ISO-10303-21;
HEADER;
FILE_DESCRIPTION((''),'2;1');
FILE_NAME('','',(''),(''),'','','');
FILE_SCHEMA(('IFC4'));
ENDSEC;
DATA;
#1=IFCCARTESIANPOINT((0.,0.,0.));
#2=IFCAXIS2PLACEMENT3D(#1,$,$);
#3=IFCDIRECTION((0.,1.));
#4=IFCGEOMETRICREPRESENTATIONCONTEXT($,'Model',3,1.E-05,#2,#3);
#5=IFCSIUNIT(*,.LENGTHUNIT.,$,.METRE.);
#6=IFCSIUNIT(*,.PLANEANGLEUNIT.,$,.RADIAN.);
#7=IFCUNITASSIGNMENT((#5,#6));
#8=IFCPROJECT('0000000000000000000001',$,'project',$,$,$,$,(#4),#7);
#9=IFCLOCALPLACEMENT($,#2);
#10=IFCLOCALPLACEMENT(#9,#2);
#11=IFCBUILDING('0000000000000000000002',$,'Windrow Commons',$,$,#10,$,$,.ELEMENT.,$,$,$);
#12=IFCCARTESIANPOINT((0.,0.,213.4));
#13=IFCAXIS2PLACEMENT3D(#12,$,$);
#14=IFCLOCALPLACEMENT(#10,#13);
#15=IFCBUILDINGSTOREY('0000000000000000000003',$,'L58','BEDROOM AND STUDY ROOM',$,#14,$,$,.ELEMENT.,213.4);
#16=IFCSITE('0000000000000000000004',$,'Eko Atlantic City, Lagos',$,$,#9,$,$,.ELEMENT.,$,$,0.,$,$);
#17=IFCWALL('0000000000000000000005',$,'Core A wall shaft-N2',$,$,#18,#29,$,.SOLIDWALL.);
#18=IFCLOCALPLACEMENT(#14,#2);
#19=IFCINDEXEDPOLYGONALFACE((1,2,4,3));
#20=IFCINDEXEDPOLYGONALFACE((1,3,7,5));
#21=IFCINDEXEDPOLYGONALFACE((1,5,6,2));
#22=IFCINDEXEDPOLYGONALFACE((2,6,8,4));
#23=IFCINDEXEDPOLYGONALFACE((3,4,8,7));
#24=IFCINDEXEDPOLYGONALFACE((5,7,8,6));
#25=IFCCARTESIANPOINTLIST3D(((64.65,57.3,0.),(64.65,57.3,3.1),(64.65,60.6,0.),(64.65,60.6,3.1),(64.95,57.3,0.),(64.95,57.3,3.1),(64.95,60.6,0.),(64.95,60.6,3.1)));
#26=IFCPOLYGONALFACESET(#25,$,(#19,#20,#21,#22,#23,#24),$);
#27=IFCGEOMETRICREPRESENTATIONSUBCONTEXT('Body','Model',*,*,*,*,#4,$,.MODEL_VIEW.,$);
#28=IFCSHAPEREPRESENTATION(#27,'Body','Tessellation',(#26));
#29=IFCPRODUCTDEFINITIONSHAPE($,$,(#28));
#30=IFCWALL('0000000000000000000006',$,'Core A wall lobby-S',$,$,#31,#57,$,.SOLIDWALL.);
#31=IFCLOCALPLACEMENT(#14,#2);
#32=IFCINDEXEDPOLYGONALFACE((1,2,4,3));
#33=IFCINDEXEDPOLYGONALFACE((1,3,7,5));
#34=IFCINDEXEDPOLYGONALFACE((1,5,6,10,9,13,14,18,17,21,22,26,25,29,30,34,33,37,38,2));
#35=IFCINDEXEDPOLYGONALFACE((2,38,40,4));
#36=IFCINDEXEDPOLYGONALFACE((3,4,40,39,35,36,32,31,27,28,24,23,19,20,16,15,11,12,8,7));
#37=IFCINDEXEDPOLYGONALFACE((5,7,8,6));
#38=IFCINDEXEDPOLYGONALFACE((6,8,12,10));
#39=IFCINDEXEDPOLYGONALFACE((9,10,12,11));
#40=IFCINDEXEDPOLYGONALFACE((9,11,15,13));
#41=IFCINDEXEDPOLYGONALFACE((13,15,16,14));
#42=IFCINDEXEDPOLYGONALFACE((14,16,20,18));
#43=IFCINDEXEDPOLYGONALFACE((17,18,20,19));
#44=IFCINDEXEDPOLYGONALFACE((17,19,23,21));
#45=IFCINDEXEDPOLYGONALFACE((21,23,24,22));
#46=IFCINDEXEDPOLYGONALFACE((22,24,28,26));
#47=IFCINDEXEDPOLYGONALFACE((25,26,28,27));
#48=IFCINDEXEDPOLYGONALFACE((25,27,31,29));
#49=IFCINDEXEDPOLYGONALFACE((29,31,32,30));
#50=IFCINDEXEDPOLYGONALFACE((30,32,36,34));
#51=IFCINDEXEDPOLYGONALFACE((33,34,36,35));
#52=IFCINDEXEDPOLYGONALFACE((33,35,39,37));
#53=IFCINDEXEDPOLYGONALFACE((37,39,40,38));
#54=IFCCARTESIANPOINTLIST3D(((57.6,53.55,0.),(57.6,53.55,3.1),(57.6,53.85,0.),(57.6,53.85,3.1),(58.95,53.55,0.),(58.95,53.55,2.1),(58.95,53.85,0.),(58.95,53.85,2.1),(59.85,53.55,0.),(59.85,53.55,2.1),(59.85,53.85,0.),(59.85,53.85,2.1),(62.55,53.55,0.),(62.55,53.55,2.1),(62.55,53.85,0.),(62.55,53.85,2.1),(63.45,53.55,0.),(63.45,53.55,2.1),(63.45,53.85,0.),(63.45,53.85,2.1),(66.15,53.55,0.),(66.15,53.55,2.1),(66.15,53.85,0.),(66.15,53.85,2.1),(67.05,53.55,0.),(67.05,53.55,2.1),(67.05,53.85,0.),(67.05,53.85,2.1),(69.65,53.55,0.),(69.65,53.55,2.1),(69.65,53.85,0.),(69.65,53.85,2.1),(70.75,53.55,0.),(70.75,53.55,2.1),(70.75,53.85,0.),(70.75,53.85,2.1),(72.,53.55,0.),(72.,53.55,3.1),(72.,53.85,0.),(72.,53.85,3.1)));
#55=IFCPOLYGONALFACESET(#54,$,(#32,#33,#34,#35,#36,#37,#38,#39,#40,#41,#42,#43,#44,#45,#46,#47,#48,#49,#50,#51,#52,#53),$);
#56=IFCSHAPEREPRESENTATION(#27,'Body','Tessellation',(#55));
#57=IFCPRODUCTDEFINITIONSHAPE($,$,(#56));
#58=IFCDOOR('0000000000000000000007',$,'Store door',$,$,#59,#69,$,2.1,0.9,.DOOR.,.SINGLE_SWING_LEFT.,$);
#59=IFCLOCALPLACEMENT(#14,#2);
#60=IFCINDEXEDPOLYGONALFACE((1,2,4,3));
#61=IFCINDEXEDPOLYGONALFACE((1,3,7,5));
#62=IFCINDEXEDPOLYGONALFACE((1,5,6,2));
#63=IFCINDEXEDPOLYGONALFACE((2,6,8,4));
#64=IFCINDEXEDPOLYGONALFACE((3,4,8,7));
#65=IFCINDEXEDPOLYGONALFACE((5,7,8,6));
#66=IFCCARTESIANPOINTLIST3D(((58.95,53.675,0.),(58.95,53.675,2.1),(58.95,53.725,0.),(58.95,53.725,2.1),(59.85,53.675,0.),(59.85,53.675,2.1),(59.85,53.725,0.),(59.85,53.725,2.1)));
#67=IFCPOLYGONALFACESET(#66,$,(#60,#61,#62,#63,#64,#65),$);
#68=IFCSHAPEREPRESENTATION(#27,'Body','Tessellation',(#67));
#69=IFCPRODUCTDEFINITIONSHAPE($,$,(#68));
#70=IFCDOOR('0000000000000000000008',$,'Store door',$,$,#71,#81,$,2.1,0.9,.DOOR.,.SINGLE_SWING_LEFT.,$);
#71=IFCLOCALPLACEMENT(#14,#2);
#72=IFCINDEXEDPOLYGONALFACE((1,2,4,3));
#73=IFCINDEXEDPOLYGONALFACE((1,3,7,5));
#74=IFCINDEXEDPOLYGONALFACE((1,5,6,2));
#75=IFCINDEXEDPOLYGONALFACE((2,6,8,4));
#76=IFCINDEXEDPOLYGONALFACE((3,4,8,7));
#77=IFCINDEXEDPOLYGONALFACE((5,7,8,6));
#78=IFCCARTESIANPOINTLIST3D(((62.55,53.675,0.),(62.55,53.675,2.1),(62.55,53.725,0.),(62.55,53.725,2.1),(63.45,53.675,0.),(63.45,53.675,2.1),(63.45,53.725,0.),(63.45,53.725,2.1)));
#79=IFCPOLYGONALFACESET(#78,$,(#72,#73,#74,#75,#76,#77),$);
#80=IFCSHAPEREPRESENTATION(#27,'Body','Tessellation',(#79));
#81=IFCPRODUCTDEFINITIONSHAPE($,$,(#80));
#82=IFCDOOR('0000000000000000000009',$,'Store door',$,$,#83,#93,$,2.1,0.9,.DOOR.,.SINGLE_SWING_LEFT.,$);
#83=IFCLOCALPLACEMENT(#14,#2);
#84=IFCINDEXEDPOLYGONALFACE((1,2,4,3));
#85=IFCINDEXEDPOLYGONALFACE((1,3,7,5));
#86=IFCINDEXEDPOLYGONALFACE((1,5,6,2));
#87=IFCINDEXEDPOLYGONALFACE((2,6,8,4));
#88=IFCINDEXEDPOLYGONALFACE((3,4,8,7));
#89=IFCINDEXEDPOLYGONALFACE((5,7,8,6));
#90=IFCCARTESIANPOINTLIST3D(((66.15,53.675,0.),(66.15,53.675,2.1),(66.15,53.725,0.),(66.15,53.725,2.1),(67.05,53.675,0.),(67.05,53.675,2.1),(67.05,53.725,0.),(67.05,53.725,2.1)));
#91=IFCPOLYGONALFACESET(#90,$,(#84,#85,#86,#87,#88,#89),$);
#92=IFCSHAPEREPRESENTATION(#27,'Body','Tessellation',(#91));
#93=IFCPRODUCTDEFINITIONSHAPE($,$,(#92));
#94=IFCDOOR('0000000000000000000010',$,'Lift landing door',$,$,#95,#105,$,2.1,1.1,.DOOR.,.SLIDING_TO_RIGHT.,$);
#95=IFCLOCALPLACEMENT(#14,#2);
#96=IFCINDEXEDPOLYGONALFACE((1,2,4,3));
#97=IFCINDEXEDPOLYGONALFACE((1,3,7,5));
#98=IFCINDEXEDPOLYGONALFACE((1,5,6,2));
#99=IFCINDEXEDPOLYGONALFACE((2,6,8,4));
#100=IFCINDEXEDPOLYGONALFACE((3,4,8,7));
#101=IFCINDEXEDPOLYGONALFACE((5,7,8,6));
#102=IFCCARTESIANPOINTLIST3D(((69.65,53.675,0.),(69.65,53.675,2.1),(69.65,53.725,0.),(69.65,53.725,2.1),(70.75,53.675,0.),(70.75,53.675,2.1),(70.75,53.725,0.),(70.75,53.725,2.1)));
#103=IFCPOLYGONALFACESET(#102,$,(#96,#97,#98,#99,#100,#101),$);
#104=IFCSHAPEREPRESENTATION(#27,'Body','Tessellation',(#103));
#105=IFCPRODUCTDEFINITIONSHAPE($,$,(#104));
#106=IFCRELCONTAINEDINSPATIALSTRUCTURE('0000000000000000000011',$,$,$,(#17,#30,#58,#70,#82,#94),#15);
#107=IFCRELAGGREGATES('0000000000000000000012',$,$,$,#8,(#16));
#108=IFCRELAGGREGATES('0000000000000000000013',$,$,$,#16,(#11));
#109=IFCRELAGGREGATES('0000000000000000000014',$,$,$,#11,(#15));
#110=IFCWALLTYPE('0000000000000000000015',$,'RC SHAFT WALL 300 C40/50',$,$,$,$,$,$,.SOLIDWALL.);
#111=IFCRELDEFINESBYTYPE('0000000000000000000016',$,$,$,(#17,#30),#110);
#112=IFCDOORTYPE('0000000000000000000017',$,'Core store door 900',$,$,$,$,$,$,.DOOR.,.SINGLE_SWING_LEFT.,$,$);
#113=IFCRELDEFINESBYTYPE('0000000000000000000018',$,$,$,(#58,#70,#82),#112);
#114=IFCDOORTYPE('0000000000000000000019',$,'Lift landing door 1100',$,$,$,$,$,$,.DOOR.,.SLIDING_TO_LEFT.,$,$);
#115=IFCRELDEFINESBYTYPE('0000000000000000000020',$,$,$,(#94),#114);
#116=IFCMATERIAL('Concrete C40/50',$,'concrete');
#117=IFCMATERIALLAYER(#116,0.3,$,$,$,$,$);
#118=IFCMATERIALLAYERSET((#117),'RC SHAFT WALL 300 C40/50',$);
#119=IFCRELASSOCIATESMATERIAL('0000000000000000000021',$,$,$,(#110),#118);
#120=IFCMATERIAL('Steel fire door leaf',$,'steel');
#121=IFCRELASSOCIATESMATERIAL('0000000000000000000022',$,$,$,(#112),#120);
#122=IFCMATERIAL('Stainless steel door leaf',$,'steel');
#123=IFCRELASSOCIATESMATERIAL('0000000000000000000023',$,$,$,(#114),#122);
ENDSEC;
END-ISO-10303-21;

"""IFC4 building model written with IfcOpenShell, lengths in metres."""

from ifc_helpers import new_model, si_unit, direction, frame, frame_2d, origin, place, context, subcontext, project, spatial, rectangle, extrude, material, layer, layer_set, type_object, element, fill, save


model = new_model("IFC4")

# Units and contexts
model_context = context("Model", 3, precision=1e-05, world=origin(), true_north=direction((0.0, 1.0)))
body_context = subcontext(model_context, "Body", "Model", "MODEL_VIEW")
ifc_project = project(units=[si_unit("LENGTHUNIT", "METRE"), si_unit("PLANEANGLEUNIT", "RADIAN")], contexts=[model_context])

# Site, building, storey
site_placement = place(None, origin())
site = spatial("IfcSite", under=ifc_project, at=site_placement, Name="Eko Atlantic City, Lagos", CompositionType="ELEMENT", RefElevation=0.0)
building_placement = place(site_placement, origin())
building = spatial("IfcBuilding", under=site, at=building_placement, Name="Windrow Commons", CompositionType="ELEMENT")
storey_placement = place(building_placement, frame((0.0, 0.0, 213.4)))
storey = spatial("IfcBuildingStorey", under=building, at=storey_placement, Name="L58", Description="BEDROOM AND STUDY ROOM", CompositionType="ELEMENT", Elevation=213.4)

# Wall
ifc_material_1 = material(Name="Concrete C40/50", Category="concrete")
ifc_layer_1 = layer(ifc_material_1, 0.3)
ifc_layer_set_1 = layer_set([ifc_layer_1], Name="RC SHAFT WALL 300 C40/50")
wall_type_1 = type_object("IfcWallType", Name="RC SHAFT WALL 300 C40/50", PredefinedType="SOLIDWALL", material=ifc_layer_set_1)
for number, where, z_axis, x_axis, name in (
    (1, (64.8, 57.3, 0.0), (0.0, 0.0, 1.0), (0.0, 1.0, 0.0), "Core A wall shaft-N2"),
):
    element("IfcWall", number, at=place(storey_placement, frame(where, z_axis=z_axis, x_axis=x_axis)), inside=storey, type_object=wall_type_1, Name=name, PredefinedType="SOLIDWALL", context=body_context, shape_type="SweptSolid", body=[
        extrude(rectangle(XDim=3.3, YDim=0.3, at=frame_2d((1.65, 0.0))), origin(), (0.0, 0.0, 1.0), 3.1),
    ])

# Wall, openings, doors
wall_1_placement = place(storey_placement, frame((57.6, 53.7, 0.0), z_axis=(0.0, 0.0, 1.0), x_axis=(1.0, 0.0, 0.0)))
wall_1 = element("IfcWall", 2, at=wall_1_placement, inside=storey, type_object=wall_type_1, Name="Core A wall lobby-S", PredefinedType="SOLIDWALL", context=body_context, shape_type="SweptSolid", body=[
    extrude(rectangle(XDim=14.4, YDim=0.3, at=frame_2d((7.2, 0.0))), origin(), (0.0, 0.0, 1.0), 3.1),
])
opening_1_placement = place(wall_1_placement, frame((1.35, 0.0, 0.0)))
opening_1 = element("IfcOpeningElement", 3, at=opening_1_placement, cuts=wall_1, PredefinedType="OPENING", context=body_context, shape_type="SweptSolid", body=[
    extrude(rectangle(XDim=0.9, YDim=2.1, at=frame_2d((0.45, 1.05))), frame((0.0, 0.16, 0.0), z_axis=(0.0, -1.0, 0.0), x_axis=(1.0, 0.0, 0.0)), (0.0, 0.0, 1.0), 0.32),
])
opening_2_placement = place(wall_1_placement, frame((4.95, 0.0, 0.0)))
opening_2 = element("IfcOpeningElement", 4, at=opening_2_placement, cuts=wall_1, PredefinedType="OPENING", context=body_context, shape_type="SweptSolid", body=[
    extrude(rectangle(XDim=0.9, YDim=2.1, at=frame_2d((0.45, 1.05))), frame((0.0, 0.16, 0.0), z_axis=(0.0, -1.0, 0.0), x_axis=(1.0, 0.0, 0.0)), (0.0, 0.0, 1.0), 0.32),
])
opening_3_placement = place(wall_1_placement, frame((8.55, 0.0, 0.0)))
opening_3 = element("IfcOpeningElement", 5, at=opening_3_placement, cuts=wall_1, PredefinedType="OPENING", context=body_context, shape_type="SweptSolid", body=[
    extrude(rectangle(XDim=0.9, YDim=2.1, at=frame_2d((0.45, 1.05))), frame((0.0, 0.16, 0.0), z_axis=(0.0, -1.0, 0.0), x_axis=(1.0, 0.0, 0.0)), (0.0, 0.0, 1.0), 0.32),
])
opening_4_placement = place(wall_1_placement, frame((12.05, 0.0, 0.0)))
opening_4 = element("IfcOpeningElement", 6, at=opening_4_placement, cuts=wall_1, PredefinedType="OPENING", context=body_context, shape_type="SweptSolid", body=[
    extrude(rectangle(XDim=1.1, YDim=2.1, at=frame_2d((0.55, 1.05))), frame((0.0, 0.16, 0.0), z_axis=(0.0, -1.0, 0.0), x_axis=(1.0, 0.0, 0.0)), (0.0, 0.0, 1.0), 0.32),
])
ifc_material_2 = material(Name="Steel fire door leaf", Category="steel")
door_type_1 = type_object("IfcDoorType", Name="Core store door 900", OperationType="SINGLE_SWING_LEFT", PredefinedType="DOOR", material=ifc_material_2)
door_1_placement = place(opening_1_placement, origin())
door_1 = element("IfcDoor", 7, at=door_1_placement, inside=storey, type_object=door_type_1, Name="Store door", OperationType="SINGLE_SWING_LEFT", OverallHeight=2.1, OverallWidth=0.9, PredefinedType="DOOR", context=body_context, shape_type="SweptSolid", body=[
    extrude(rectangle(XDim=0.9, YDim=2.1, at=frame_2d((0.45, 1.05))), frame((0.0, 0.025, 0.0), z_axis=(0.0, -1.0, 0.0), x_axis=(1.0, 0.0, 0.0)), (0.0, 0.0, 1.0), 0.05),
])
fill(opening_1, door_1)
door_2_placement = place(opening_2_placement, origin())
door_2 = element("IfcDoor", 8, at=door_2_placement, inside=storey, type_object=door_type_1, Name="Store door", OperationType="SINGLE_SWING_LEFT", OverallHeight=2.1, OverallWidth=0.9, PredefinedType="DOOR", context=body_context, shape_type="SweptSolid", body=[
    extrude(rectangle(XDim=0.9, YDim=2.1, at=frame_2d((0.45, 1.05))), frame((0.0, 0.025, 0.0), z_axis=(0.0, -1.0, 0.0), x_axis=(1.0, 0.0, 0.0)), (0.0, 0.0, 1.0), 0.05),
])
fill(opening_2, door_2)
door_3_placement = place(opening_3_placement, origin())
door_3 = element("IfcDoor", 9, at=door_3_placement, inside=storey, type_object=door_type_1, Name="Store door", OperationType="SINGLE_SWING_LEFT", OverallHeight=2.1, OverallWidth=0.9, PredefinedType="DOOR", context=body_context, shape_type="SweptSolid", body=[
    extrude(rectangle(XDim=0.9, YDim=2.1, at=frame_2d((0.45, 1.05))), frame((0.0, 0.025, 0.0), z_axis=(0.0, -1.0, 0.0), x_axis=(1.0, 0.0, 0.0)), (0.0, 0.0, 1.0), 0.05),
])
fill(opening_3, door_3)
ifc_material_3 = material(Name="Stainless steel door leaf", Category="steel")
door_type_2 = type_object("IfcDoorType", Name="Lift landing door 1100", OperationType="SLIDING_TO_LEFT", PredefinedType="DOOR", material=ifc_material_3)
door_4_placement = place(opening_4_placement, origin())
door_4 = element("IfcDoor", 10, at=door_4_placement, inside=storey, type_object=door_type_2, Name="Lift landing door", OperationType="SLIDING_TO_RIGHT", OverallHeight=2.1, OverallWidth=1.1, PredefinedType="DOOR", context=body_context, shape_type="SweptSolid", body=[
    extrude(rectangle(XDim=1.1, YDim=2.1, at=frame_2d((0.55, 1.05))), frame((0.0, 0.025, 0.0), z_axis=(0.0, -1.0, 0.0), x_axis=(1.0, 0.0, 0.0)), (0.0, 0.0, 1.0), 0.05),
])
fill(opening_4, door_4)

save(model, "model.ifc")
